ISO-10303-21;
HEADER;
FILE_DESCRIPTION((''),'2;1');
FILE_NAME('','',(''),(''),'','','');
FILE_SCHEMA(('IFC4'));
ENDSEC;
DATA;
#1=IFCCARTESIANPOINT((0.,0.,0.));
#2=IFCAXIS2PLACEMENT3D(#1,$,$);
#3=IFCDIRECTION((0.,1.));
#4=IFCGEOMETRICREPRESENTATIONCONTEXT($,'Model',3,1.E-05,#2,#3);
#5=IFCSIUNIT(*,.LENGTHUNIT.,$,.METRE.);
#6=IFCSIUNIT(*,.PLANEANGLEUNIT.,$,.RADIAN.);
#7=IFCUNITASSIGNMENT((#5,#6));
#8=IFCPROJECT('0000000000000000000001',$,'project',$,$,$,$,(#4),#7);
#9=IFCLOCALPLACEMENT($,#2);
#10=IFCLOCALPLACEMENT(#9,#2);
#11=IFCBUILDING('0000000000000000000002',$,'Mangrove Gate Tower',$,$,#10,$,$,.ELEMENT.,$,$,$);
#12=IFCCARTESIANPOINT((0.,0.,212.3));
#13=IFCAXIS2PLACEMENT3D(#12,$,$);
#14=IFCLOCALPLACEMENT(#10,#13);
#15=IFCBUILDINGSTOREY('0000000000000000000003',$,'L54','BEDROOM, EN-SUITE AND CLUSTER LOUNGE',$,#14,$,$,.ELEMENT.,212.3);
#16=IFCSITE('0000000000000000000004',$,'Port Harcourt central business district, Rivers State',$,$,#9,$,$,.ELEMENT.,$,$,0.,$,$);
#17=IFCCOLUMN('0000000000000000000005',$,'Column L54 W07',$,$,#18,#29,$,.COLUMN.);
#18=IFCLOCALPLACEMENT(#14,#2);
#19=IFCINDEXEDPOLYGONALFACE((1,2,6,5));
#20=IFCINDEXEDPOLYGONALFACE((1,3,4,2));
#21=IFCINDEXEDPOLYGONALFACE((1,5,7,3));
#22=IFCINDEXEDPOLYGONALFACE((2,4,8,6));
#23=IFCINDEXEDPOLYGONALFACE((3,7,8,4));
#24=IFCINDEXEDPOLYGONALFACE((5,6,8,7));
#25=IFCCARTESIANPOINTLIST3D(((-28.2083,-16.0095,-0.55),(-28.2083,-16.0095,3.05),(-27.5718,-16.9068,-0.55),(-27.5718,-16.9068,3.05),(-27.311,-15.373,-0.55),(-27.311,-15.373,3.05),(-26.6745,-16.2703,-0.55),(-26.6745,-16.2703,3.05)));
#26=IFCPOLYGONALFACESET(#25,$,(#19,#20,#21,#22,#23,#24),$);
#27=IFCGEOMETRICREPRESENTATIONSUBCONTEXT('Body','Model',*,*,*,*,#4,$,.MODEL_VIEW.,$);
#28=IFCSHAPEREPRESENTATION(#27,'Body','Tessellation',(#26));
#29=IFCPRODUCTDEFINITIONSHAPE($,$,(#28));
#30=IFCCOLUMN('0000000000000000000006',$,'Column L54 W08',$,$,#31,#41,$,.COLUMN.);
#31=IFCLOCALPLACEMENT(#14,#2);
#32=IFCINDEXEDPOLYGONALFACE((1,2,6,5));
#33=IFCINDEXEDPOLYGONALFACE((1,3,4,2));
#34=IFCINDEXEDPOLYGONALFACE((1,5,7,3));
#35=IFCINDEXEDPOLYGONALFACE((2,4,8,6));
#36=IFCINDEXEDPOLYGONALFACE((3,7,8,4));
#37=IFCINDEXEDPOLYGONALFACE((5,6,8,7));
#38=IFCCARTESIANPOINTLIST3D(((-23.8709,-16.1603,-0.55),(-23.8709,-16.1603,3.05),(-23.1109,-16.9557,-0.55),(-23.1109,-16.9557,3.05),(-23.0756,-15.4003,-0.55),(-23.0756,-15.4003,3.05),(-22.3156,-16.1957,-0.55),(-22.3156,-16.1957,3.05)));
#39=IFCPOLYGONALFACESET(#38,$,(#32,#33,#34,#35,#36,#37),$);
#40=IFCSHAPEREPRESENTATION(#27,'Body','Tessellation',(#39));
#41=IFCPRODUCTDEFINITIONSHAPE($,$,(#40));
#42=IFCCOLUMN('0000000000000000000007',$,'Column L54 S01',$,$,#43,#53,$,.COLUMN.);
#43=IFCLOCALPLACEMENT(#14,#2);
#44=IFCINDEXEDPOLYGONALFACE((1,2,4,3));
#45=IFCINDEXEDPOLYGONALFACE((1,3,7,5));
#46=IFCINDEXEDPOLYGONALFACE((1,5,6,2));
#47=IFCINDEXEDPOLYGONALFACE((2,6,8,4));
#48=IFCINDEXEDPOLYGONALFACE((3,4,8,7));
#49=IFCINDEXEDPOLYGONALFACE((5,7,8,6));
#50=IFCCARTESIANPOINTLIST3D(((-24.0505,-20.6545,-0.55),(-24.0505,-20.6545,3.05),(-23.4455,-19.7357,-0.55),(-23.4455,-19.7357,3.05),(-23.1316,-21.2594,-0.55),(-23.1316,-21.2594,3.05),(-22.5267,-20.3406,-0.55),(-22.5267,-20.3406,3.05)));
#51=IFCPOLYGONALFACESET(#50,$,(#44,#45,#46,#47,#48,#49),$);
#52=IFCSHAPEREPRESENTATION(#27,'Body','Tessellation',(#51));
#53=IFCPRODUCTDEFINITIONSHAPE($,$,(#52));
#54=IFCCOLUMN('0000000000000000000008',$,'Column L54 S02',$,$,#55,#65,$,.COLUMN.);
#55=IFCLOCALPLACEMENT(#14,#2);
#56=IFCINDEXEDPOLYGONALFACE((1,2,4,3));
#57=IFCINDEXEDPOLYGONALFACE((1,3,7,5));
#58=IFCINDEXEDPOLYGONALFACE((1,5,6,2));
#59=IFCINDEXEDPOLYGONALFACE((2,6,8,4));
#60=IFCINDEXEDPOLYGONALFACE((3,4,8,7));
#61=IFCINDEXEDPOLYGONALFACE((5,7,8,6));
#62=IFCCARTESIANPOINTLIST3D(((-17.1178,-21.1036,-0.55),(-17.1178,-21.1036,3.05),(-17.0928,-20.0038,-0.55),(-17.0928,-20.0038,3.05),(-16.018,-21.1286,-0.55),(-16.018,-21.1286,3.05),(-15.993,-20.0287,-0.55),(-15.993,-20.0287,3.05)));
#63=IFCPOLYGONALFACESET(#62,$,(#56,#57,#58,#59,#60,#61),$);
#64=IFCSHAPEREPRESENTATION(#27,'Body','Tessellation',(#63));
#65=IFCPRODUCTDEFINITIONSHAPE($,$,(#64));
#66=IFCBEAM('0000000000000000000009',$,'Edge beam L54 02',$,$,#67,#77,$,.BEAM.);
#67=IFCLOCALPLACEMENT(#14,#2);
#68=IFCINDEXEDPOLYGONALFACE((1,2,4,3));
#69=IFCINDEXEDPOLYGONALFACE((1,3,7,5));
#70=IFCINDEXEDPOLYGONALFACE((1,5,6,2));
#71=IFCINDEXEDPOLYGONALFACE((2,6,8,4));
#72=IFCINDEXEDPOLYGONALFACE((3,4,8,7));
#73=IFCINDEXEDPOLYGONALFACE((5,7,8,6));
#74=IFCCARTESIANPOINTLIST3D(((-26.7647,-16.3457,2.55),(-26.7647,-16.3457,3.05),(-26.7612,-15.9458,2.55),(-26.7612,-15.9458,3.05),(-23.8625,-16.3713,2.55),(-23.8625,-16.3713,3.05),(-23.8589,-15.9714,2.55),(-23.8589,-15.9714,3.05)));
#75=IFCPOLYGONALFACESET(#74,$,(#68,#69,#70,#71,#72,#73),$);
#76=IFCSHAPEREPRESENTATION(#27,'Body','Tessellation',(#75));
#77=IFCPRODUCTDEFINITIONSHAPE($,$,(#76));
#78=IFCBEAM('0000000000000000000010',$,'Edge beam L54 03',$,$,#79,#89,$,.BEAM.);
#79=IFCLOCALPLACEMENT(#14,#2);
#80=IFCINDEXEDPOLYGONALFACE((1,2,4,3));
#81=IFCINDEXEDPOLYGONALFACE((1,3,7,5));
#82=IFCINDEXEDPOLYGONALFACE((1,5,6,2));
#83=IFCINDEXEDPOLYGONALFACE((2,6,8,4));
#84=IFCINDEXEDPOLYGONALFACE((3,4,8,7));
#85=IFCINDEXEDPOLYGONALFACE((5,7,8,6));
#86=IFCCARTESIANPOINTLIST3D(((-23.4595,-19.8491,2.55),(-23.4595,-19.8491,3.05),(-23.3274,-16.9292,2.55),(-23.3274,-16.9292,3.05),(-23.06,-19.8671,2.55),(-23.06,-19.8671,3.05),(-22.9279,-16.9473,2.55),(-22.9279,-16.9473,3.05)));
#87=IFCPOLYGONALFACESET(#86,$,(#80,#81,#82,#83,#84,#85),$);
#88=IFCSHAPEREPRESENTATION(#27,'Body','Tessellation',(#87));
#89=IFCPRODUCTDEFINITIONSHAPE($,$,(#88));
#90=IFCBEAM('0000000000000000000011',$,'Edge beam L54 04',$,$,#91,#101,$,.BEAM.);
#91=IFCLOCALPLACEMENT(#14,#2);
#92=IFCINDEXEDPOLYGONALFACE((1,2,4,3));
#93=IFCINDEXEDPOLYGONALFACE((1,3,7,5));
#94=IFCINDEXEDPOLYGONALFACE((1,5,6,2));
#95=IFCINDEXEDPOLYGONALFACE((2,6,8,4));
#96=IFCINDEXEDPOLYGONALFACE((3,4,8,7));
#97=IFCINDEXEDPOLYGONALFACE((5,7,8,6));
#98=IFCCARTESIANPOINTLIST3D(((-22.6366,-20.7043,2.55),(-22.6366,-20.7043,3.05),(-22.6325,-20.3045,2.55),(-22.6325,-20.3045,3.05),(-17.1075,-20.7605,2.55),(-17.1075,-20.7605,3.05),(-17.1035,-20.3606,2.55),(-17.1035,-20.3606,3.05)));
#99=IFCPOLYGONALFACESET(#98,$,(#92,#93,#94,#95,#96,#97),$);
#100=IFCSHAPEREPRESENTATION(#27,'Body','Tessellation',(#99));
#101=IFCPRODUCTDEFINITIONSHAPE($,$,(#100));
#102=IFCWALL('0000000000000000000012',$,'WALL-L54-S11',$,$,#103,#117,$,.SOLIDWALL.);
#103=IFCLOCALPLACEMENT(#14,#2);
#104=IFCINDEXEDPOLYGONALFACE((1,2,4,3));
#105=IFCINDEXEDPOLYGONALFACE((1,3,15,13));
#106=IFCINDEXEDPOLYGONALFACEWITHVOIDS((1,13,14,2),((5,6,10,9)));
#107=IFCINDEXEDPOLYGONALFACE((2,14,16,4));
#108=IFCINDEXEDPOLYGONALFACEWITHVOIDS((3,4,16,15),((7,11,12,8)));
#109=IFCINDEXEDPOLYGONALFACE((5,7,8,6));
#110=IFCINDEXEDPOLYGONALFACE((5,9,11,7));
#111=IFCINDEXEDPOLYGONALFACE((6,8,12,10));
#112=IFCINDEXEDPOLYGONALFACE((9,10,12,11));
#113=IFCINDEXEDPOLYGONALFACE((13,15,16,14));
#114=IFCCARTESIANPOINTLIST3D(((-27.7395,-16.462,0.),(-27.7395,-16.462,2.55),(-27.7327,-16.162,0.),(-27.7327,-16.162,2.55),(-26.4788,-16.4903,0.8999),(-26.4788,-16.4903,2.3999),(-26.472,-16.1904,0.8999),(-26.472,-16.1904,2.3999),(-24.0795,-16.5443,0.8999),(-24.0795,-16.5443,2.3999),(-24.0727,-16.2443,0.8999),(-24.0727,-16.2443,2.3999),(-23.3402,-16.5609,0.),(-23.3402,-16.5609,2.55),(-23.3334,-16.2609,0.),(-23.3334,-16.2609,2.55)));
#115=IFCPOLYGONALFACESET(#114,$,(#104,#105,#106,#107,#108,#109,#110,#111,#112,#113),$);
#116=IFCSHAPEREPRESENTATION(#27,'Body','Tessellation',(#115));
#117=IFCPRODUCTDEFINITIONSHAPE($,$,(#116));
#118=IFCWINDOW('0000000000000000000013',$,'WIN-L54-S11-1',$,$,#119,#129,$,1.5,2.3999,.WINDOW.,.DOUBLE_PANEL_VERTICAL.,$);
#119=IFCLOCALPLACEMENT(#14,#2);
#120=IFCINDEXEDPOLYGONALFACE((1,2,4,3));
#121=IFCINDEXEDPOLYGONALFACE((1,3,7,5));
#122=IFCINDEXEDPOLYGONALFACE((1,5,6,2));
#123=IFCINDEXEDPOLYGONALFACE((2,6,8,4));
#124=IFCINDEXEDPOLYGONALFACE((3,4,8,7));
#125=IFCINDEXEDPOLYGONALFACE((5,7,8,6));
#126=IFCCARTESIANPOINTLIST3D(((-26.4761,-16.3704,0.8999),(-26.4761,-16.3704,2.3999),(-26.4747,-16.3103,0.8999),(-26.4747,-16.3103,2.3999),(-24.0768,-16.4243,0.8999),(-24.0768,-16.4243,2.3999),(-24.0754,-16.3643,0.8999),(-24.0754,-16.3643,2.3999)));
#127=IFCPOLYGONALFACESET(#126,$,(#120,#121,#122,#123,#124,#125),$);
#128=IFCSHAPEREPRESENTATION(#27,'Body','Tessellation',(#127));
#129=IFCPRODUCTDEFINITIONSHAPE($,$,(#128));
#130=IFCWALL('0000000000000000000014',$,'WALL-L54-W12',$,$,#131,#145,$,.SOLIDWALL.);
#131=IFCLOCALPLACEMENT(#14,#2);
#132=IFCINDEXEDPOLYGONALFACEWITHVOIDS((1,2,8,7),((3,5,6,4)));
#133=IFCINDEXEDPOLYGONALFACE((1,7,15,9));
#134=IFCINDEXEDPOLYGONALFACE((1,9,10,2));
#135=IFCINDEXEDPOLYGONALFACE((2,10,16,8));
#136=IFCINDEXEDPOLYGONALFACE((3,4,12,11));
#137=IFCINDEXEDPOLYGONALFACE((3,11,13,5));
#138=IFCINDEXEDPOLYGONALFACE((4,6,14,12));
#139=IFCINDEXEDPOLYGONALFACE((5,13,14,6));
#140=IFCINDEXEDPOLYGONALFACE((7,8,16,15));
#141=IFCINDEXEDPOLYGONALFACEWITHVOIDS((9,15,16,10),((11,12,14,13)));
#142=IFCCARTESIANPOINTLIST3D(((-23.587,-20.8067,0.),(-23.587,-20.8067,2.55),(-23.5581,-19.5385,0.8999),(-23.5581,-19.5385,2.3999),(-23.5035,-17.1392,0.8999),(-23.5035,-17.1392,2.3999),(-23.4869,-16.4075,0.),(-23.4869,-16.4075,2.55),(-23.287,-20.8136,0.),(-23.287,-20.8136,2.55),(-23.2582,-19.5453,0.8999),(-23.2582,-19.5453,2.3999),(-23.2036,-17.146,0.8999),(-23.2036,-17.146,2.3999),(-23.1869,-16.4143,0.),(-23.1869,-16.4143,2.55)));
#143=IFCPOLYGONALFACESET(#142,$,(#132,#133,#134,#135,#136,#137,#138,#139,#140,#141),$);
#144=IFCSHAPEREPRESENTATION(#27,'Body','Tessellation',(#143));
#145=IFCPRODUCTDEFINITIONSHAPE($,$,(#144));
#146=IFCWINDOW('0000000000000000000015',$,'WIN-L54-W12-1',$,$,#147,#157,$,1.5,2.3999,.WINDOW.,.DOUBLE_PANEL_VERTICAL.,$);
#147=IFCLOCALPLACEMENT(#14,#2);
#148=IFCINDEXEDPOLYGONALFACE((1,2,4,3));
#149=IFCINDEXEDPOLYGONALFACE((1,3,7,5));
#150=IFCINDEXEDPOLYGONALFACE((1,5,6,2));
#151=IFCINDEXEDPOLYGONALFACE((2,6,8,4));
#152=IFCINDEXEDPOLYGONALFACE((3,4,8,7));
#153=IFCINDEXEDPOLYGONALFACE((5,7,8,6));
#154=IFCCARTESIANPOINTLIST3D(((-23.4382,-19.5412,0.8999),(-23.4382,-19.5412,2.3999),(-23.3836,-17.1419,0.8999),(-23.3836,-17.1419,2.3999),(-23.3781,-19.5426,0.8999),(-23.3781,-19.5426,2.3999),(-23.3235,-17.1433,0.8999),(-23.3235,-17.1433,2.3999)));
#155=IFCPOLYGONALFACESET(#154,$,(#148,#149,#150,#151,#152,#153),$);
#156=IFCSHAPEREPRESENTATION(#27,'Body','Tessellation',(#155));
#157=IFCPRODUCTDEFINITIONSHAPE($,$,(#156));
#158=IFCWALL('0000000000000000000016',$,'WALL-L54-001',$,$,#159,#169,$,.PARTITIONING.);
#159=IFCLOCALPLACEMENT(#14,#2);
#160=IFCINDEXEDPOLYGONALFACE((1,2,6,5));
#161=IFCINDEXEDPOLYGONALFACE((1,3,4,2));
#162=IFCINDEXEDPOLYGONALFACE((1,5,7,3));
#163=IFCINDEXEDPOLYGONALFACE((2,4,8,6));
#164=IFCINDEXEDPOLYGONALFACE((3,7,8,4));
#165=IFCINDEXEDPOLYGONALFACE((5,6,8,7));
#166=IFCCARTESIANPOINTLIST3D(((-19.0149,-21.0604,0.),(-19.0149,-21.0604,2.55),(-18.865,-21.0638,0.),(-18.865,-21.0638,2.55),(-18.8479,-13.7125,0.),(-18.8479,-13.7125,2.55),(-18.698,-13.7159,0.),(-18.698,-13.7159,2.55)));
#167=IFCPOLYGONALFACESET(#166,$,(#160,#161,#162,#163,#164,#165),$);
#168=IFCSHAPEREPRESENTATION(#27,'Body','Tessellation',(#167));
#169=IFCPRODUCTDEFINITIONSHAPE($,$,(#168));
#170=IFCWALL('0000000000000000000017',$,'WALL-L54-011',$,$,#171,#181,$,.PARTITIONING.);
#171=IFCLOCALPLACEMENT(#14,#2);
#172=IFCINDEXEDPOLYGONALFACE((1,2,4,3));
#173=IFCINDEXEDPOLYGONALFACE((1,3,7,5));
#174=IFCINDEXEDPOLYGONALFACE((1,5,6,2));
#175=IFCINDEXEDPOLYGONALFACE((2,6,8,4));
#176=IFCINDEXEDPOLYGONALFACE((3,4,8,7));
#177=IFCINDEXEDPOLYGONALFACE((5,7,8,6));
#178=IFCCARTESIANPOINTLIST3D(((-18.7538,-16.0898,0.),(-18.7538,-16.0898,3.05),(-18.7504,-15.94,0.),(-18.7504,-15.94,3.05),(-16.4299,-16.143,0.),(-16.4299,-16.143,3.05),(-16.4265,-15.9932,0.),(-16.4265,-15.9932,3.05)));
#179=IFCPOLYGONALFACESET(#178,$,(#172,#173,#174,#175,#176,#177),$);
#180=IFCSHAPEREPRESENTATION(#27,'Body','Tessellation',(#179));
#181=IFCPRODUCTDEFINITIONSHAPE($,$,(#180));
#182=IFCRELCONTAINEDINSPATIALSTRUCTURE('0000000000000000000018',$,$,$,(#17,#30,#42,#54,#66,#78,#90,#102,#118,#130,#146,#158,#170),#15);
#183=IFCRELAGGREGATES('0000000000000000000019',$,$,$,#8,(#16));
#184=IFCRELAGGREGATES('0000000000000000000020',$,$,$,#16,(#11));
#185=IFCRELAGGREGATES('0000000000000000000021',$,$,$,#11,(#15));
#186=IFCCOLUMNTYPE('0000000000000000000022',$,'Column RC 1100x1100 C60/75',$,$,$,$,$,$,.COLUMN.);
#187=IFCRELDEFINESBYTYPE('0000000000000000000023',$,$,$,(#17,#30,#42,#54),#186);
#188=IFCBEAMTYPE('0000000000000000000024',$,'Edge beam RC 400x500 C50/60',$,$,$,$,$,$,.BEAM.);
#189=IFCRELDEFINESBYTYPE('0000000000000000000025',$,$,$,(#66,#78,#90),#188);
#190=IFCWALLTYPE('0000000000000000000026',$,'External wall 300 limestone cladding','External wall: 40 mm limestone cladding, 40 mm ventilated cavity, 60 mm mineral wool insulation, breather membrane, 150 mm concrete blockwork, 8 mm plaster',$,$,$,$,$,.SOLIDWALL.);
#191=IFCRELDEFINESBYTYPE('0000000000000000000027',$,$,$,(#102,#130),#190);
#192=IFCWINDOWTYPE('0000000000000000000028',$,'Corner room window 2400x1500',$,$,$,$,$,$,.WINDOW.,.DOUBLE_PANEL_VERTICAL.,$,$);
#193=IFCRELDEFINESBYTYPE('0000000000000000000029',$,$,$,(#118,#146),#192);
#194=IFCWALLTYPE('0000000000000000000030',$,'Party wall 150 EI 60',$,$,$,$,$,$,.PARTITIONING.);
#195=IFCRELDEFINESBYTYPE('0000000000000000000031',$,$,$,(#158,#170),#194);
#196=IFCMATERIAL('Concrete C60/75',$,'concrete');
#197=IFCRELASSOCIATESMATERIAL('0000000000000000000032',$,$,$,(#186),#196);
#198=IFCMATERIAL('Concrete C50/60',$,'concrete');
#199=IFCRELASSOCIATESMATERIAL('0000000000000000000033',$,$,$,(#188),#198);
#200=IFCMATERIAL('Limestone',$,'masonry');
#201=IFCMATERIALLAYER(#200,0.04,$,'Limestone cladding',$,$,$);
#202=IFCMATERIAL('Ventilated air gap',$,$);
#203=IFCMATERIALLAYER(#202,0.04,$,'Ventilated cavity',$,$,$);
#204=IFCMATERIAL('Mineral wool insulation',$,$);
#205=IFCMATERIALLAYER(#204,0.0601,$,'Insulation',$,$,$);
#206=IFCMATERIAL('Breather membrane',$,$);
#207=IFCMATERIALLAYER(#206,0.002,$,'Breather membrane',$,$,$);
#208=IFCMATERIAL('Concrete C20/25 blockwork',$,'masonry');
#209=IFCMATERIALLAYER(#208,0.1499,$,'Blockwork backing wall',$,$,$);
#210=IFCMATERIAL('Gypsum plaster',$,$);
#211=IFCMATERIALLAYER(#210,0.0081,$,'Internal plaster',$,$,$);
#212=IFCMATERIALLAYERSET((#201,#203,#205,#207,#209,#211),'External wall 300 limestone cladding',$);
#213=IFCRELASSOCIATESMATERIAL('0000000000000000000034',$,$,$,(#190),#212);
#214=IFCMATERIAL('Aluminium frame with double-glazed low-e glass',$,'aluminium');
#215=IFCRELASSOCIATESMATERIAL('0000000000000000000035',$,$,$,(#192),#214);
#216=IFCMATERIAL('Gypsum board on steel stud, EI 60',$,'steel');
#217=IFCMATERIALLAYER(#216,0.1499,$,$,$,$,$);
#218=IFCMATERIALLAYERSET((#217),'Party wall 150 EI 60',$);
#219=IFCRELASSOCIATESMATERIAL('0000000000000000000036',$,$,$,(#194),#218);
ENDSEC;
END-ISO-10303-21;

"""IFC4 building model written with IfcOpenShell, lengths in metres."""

from ifc_helpers import new_model, si_unit, direction, frame, frame_2d, origin, origin_2d, place, context, subcontext, project, spatial, rectangle, extrude, material, layer, layer_set, material_profile, profile_set, type_object, element, fill, save


model = new_model("IFC4")

# Units and contexts
model_context = context("Model", 3, precision=1e-05, world=origin(), true_north=direction((0.0, 1.0)))
body_context = subcontext(model_context, "Body", "Model", "MODEL_VIEW")
ifc_project = project(units=[si_unit("LENGTHUNIT", "METRE"), si_unit("PLANEANGLEUNIT", "RADIAN")], contexts=[model_context])

# Site, building, storey
site_placement = place(None, origin())
site = spatial("IfcSite", under=ifc_project, at=site_placement, Name="Port Harcourt central business district, Rivers State", CompositionType="ELEMENT", RefElevation=0.0)
building_placement = place(site_placement, origin())
building = spatial("IfcBuilding", under=site, at=building_placement, Name="Mangrove Gate Tower", CompositionType="ELEMENT")
storey_placement = place(building_placement, frame((0.0, 0.0, 212.3)))
storey = spatial("IfcBuildingStorey", under=building, at=storey_placement, Name="L54", Description="BEDROOM, EN-SUITE AND CLUSTER LOUNGE", CompositionType="ELEMENT", Elevation=212.3)

# Columns
ifc_material_1 = material(Name="Concrete C60/75", Category="concrete")
ifc_material_profile_1 = material_profile(ifc_material_1, rectangle(XDim=1.1001, YDim=1.1001, at=origin_2d()))
ifc_profile_set_1 = profile_set([ifc_material_profile_1], Name="Concrete C60/75")
column_type = type_object("IfcColumnType", Name="Column RC 1100x1100 C60/75", PredefinedType="COLUMN", material=ifc_profile_set_1)
for number, where, z_axis, x_axis, name in (
    (1, (-27.4414, -16.1399, -0.55), (0.0, 0.0, 1.0), (0.578578, -0.815627, 0.0), "Column L54 W07"),
    (2, (-23.0933, -16.178, -0.55), (0.0, 0.0, 1.0), (0.690854, -0.722994, 0.0), "Column L54 W08"),
    (3, (-23.2886, -20.4976, -0.55), (0.0, 0.0, 1.0), (0.835229, -0.549902, 0.0), "Column L54 S01"),
    (4, (-16.5554, -20.5662, -0.55), (0.0, 0.0, 1.0), (0.999742, -0.022707, 0.0), "Column L54 S02"),
):
    element("IfcColumn", number, at=place(storey_placement, frame(where, z_axis=z_axis, x_axis=x_axis)), inside=storey, type_object=column_type, Name=name, PredefinedType="COLUMN", context=body_context, shape_type="SweptSolid", body=[
        extrude(rectangle(XDim=1.1001, YDim=1.1001, at=origin_2d()), origin(), (0.0, 0.0, 1.0), 3.6001),
    ])

# Beams
ifc_material_2 = material(Name="Concrete C50/60", Category="concrete")
ifc_material_profile_2 = material_profile(ifc_material_2, rectangle(XDim=0.3999, YDim=0.5, at=origin_2d()))
ifc_profile_set_2 = profile_set([ifc_material_profile_2], Name="Concrete C50/60")
beam_type = type_object("IfcBeamType", Name="Edge beam RC 400x500 C50/60", PredefinedType="BEAM", material=ifc_profile_set_2)
beam_1_placement = place(storey_placement, frame((-26.7629, -16.1458, 2.8), z_axis=(0.999961, -0.008832, 0.0), x_axis=(0.008832, 0.999961, 0.0)))
element("IfcBeam", 5, at=beam_1_placement, inside=storey, type_object=beam_type, Name="Edge beam L54 02", PredefinedType="BEAM", context=body_context, shape_type="SweptSolid", body=[
    extrude(rectangle(XDim=0.3999, YDim=0.5, at=origin_2d()), origin(), (0.0, 0.0, 1.0), 2.9023),
])
beam_2_placement = place(storey_placement, frame((-23.1277, -16.9382, 2.8), z_axis=(-0.045188, -0.998979, 0.0), x_axis=(0.998979, -0.045188, 0.0)))
element("IfcBeam", 6, at=beam_2_placement, inside=storey, type_object=beam_type, Name="Edge beam L54 03", PredefinedType="BEAM", context=body_context, shape_type="SweptSolid", body=[
    extrude(rectangle(XDim=0.3999, YDim=0.5, at=origin_2d()), origin(), (0.0, 0.0, 1.0), 2.9229),
])
beam_3_placement = place(storey_placement, frame((-22.6345, -20.5044, 2.8), z_axis=(0.999948, -0.010155, 0.0), x_axis=(0.010155, 0.999948, 0.0)))
element("IfcBeam", 7, at=beam_3_placement, inside=storey, type_object=beam_type, Name="Edge beam L54 04", PredefinedType="BEAM", context=body_context, shape_type="SweptSolid", body=[
    extrude(rectangle(XDim=0.3999, YDim=0.5, at=origin_2d()), origin(), (0.0, 0.0, 1.0), 5.5293),
])

# Walls, openings, windows
ifc_material_3 = material(Name="Limestone", Category="masonry")
ifc_layer_1 = layer(ifc_material_3, 0.04, Name="Limestone cladding")
ifc_material_4 = material(Name="Ventilated air gap")
ifc_layer_2 = layer(ifc_material_4, 0.04, Name="Ventilated cavity")
ifc_material_5 = material(Name="Mineral wool insulation")
ifc_layer_3 = layer(ifc_material_5, 0.0601, Name="Insulation")
ifc_material_6 = material(Name="Breather membrane")
ifc_layer_4 = layer(ifc_material_6, 0.002, Name="Breather membrane")
ifc_material_7 = material(Name="Concrete C20/25 blockwork", Category="masonry")
ifc_layer_5 = layer(ifc_material_7, 0.1499, Name="Blockwork backing wall")
ifc_material_8 = material(Name="Gypsum plaster")
ifc_layer_6 = layer(ifc_material_8, 0.0081, Name="Internal plaster")
ifc_layer_set_1 = layer_set([ifc_layer_1, ifc_layer_2, ifc_layer_3, ifc_layer_4, ifc_layer_5, ifc_layer_6], Name="External wall 300 limestone cladding")
wall_type_1 = type_object("IfcWallType", Name="External wall 300 limestone cladding", Description="External wall: 40 mm limestone cladding, 40 mm ventilated cavity, 60 mm mineral wool insulation, breather membrane, 150 mm concrete blockwork, 8 mm plaster", PredefinedType="SOLIDWALL", material=ifc_layer_set_1)
wall_1_placement = place(storey_placement, frame((-27.7361, -16.312, 0.0), z_axis=(0.0, 0.0, 1.0), x_axis=(0.999748, -0.022471, 0.0)))
wall_1 = element("IfcWall", 8, at=wall_1_placement, inside=storey, type_object=wall_type_1, Name="WALL-L54-S11", PredefinedType="SOLIDWALL", context=body_context, shape_type="SweptSolid", body=[
    extrude(rectangle(XDim=4.4004, YDim=0.3, at=frame_2d((2.2002, 0.0))), origin(), (0.0, 0.0, 1.0), 2.55),
])
opening_1_placement = place(wall_1_placement, frame((1.261, 0.0, 0.8999)))
opening_1 = element("IfcOpeningElement", 9, at=opening_1_placement, cuts=wall_1, PredefinedType="OPENING", context=body_context, shape_type="SweptSolid", body=[
    extrude(rectangle(XDim=2.3999, YDim=1.5, at=frame_2d((1.2, 0.75))), frame((0.0, 0.1599, 0.0), z_axis=(0.0, -1.0, 0.0), x_axis=(1.0, 0.0, 0.0)), (0.0, 0.0, 1.0), 0.3201),
])
ifc_material_9 = material(Name="Aluminium frame with double-glazed low-e glass", Category="aluminium")
window_type = type_object("IfcWindowType", Name="Corner room window 2400x1500", PartitioningType="DOUBLE_PANEL_VERTICAL", PredefinedType="WINDOW", material=ifc_material_9)
window_1_placement = place(opening_1_placement, origin())
window_1 = element("IfcWindow", 10, at=window_1_placement, inside=storey, type_object=window_type, Name="WIN-L54-S11-1", OverallHeight=1.5, OverallWidth=2.3999, PartitioningType="DOUBLE_PANEL_VERTICAL", PredefinedType="WINDOW", context=body_context, shape_type="SweptSolid", body=[
    extrude(rectangle(XDim=2.3999, YDim=1.5, at=frame_2d((1.2, 0.75))), frame((0.0, 0.03, 0.0), z_axis=(0.0, -1.0, 0.0), x_axis=(1.0, 0.0, 0.0)), (0.0, 0.0, 1.0), 0.0601),
])
fill(opening_1, window_1)
wall_2_placement = place(storey_placement, frame((-23.3369, -16.4109, 0.0), z_axis=(0.0, 0.0, 1.0), x_axis=(-0.022748, -0.999741, 0.0)))
wall_2 = element("IfcWall", 11, at=wall_2_placement, inside=storey, type_object=wall_type_1, Name="WALL-L54-W12", PredefinedType="SOLIDWALL", context=body_context, shape_type="SweptSolid", body=[
    extrude(rectangle(XDim=4.4004, YDim=0.3, at=frame_2d((2.2002, 0.0))), origin(), (0.0, 0.0, 1.0), 2.55),
])
opening_2_placement = place(wall_2_placement, frame((0.7319, 0.0, 0.8999)))
opening_2 = element("IfcOpeningElement", 12, at=opening_2_placement, cuts=wall_2, PredefinedType="OPENING", context=body_context, shape_type="SweptSolid", body=[
    extrude(rectangle(XDim=2.3999, YDim=1.5, at=frame_2d((1.2, 0.75))), frame((0.0, 0.1599, 0.0), z_axis=(0.0, -1.0, 0.0), x_axis=(1.0, 0.0, 0.0)), (0.0, 0.0, 1.0), 0.3201),
])
window_2_placement = place(opening_2_placement, origin())
window_2 = element("IfcWindow", 13, at=window_2_placement, inside=storey, type_object=window_type, Name="WIN-L54-W12-1", OverallHeight=1.5, OverallWidth=2.3999, PartitioningType="DOUBLE_PANEL_VERTICAL", PredefinedType="WINDOW", context=body_context, shape_type="SweptSolid", body=[
    extrude(rectangle(XDim=2.3999, YDim=1.5, at=frame_2d((1.2, 0.75))), frame((0.0, 0.03, 0.0), z_axis=(0.0, -1.0, 0.0), x_axis=(1.0, 0.0, 0.0)), (0.0, 0.0, 1.0), 0.0601),
])
fill(opening_2, window_2)

# Walls
ifc_material_10 = material(Name="Gypsum board on steel stud, EI 60", Category="steel")
ifc_layer_7 = layer(ifc_material_10, 0.1499)
ifc_layer_set_2 = layer_set([ifc_layer_7], Name="Party wall 150 EI 60")
wall_type_2 = type_object("IfcWallType", Name="Party wall 150 EI 60", PredefinedType="PARTITIONING", material=ifc_layer_set_2)
wall_3_placement = place(storey_placement, frame((-18.9399, -21.062, 0.0), z_axis=(0.0, 0.0, 1.0), x_axis=(0.022721, 0.999742, 0.0)))
element("IfcWall", 14, at=wall_3_placement, inside=storey, type_object=wall_type_2, Name="WALL-L54-001", PredefinedType="PARTITIONING", context=body_context, shape_type="SweptSolid", body=[
    extrude(rectangle(XDim=7.3499, YDim=0.1499, at=frame_2d((3.6748, 0.0))), origin(), (0.0, 0.0, 1.0), 2.55),
])
wall_4_placement = place(storey_placement, frame((-18.752, -16.0149, 0.0), z_axis=(0.0, 0.0, 1.0), x_axis=(0.999738, -0.022896, 0.0)))
element("IfcWall", 15, at=wall_4_placement, inside=storey, type_object=wall_type_2, Name="WALL-L54-011", PredefinedType="PARTITIONING", context=body_context, shape_type="SweptSolid", body=[
    extrude(rectangle(XDim=2.3245, YDim=0.1499, at=frame_2d((1.1621, 0.0))), origin(), (0.0, 0.0, 1.0), 3.05),
])

save(model, "model.ifc")
